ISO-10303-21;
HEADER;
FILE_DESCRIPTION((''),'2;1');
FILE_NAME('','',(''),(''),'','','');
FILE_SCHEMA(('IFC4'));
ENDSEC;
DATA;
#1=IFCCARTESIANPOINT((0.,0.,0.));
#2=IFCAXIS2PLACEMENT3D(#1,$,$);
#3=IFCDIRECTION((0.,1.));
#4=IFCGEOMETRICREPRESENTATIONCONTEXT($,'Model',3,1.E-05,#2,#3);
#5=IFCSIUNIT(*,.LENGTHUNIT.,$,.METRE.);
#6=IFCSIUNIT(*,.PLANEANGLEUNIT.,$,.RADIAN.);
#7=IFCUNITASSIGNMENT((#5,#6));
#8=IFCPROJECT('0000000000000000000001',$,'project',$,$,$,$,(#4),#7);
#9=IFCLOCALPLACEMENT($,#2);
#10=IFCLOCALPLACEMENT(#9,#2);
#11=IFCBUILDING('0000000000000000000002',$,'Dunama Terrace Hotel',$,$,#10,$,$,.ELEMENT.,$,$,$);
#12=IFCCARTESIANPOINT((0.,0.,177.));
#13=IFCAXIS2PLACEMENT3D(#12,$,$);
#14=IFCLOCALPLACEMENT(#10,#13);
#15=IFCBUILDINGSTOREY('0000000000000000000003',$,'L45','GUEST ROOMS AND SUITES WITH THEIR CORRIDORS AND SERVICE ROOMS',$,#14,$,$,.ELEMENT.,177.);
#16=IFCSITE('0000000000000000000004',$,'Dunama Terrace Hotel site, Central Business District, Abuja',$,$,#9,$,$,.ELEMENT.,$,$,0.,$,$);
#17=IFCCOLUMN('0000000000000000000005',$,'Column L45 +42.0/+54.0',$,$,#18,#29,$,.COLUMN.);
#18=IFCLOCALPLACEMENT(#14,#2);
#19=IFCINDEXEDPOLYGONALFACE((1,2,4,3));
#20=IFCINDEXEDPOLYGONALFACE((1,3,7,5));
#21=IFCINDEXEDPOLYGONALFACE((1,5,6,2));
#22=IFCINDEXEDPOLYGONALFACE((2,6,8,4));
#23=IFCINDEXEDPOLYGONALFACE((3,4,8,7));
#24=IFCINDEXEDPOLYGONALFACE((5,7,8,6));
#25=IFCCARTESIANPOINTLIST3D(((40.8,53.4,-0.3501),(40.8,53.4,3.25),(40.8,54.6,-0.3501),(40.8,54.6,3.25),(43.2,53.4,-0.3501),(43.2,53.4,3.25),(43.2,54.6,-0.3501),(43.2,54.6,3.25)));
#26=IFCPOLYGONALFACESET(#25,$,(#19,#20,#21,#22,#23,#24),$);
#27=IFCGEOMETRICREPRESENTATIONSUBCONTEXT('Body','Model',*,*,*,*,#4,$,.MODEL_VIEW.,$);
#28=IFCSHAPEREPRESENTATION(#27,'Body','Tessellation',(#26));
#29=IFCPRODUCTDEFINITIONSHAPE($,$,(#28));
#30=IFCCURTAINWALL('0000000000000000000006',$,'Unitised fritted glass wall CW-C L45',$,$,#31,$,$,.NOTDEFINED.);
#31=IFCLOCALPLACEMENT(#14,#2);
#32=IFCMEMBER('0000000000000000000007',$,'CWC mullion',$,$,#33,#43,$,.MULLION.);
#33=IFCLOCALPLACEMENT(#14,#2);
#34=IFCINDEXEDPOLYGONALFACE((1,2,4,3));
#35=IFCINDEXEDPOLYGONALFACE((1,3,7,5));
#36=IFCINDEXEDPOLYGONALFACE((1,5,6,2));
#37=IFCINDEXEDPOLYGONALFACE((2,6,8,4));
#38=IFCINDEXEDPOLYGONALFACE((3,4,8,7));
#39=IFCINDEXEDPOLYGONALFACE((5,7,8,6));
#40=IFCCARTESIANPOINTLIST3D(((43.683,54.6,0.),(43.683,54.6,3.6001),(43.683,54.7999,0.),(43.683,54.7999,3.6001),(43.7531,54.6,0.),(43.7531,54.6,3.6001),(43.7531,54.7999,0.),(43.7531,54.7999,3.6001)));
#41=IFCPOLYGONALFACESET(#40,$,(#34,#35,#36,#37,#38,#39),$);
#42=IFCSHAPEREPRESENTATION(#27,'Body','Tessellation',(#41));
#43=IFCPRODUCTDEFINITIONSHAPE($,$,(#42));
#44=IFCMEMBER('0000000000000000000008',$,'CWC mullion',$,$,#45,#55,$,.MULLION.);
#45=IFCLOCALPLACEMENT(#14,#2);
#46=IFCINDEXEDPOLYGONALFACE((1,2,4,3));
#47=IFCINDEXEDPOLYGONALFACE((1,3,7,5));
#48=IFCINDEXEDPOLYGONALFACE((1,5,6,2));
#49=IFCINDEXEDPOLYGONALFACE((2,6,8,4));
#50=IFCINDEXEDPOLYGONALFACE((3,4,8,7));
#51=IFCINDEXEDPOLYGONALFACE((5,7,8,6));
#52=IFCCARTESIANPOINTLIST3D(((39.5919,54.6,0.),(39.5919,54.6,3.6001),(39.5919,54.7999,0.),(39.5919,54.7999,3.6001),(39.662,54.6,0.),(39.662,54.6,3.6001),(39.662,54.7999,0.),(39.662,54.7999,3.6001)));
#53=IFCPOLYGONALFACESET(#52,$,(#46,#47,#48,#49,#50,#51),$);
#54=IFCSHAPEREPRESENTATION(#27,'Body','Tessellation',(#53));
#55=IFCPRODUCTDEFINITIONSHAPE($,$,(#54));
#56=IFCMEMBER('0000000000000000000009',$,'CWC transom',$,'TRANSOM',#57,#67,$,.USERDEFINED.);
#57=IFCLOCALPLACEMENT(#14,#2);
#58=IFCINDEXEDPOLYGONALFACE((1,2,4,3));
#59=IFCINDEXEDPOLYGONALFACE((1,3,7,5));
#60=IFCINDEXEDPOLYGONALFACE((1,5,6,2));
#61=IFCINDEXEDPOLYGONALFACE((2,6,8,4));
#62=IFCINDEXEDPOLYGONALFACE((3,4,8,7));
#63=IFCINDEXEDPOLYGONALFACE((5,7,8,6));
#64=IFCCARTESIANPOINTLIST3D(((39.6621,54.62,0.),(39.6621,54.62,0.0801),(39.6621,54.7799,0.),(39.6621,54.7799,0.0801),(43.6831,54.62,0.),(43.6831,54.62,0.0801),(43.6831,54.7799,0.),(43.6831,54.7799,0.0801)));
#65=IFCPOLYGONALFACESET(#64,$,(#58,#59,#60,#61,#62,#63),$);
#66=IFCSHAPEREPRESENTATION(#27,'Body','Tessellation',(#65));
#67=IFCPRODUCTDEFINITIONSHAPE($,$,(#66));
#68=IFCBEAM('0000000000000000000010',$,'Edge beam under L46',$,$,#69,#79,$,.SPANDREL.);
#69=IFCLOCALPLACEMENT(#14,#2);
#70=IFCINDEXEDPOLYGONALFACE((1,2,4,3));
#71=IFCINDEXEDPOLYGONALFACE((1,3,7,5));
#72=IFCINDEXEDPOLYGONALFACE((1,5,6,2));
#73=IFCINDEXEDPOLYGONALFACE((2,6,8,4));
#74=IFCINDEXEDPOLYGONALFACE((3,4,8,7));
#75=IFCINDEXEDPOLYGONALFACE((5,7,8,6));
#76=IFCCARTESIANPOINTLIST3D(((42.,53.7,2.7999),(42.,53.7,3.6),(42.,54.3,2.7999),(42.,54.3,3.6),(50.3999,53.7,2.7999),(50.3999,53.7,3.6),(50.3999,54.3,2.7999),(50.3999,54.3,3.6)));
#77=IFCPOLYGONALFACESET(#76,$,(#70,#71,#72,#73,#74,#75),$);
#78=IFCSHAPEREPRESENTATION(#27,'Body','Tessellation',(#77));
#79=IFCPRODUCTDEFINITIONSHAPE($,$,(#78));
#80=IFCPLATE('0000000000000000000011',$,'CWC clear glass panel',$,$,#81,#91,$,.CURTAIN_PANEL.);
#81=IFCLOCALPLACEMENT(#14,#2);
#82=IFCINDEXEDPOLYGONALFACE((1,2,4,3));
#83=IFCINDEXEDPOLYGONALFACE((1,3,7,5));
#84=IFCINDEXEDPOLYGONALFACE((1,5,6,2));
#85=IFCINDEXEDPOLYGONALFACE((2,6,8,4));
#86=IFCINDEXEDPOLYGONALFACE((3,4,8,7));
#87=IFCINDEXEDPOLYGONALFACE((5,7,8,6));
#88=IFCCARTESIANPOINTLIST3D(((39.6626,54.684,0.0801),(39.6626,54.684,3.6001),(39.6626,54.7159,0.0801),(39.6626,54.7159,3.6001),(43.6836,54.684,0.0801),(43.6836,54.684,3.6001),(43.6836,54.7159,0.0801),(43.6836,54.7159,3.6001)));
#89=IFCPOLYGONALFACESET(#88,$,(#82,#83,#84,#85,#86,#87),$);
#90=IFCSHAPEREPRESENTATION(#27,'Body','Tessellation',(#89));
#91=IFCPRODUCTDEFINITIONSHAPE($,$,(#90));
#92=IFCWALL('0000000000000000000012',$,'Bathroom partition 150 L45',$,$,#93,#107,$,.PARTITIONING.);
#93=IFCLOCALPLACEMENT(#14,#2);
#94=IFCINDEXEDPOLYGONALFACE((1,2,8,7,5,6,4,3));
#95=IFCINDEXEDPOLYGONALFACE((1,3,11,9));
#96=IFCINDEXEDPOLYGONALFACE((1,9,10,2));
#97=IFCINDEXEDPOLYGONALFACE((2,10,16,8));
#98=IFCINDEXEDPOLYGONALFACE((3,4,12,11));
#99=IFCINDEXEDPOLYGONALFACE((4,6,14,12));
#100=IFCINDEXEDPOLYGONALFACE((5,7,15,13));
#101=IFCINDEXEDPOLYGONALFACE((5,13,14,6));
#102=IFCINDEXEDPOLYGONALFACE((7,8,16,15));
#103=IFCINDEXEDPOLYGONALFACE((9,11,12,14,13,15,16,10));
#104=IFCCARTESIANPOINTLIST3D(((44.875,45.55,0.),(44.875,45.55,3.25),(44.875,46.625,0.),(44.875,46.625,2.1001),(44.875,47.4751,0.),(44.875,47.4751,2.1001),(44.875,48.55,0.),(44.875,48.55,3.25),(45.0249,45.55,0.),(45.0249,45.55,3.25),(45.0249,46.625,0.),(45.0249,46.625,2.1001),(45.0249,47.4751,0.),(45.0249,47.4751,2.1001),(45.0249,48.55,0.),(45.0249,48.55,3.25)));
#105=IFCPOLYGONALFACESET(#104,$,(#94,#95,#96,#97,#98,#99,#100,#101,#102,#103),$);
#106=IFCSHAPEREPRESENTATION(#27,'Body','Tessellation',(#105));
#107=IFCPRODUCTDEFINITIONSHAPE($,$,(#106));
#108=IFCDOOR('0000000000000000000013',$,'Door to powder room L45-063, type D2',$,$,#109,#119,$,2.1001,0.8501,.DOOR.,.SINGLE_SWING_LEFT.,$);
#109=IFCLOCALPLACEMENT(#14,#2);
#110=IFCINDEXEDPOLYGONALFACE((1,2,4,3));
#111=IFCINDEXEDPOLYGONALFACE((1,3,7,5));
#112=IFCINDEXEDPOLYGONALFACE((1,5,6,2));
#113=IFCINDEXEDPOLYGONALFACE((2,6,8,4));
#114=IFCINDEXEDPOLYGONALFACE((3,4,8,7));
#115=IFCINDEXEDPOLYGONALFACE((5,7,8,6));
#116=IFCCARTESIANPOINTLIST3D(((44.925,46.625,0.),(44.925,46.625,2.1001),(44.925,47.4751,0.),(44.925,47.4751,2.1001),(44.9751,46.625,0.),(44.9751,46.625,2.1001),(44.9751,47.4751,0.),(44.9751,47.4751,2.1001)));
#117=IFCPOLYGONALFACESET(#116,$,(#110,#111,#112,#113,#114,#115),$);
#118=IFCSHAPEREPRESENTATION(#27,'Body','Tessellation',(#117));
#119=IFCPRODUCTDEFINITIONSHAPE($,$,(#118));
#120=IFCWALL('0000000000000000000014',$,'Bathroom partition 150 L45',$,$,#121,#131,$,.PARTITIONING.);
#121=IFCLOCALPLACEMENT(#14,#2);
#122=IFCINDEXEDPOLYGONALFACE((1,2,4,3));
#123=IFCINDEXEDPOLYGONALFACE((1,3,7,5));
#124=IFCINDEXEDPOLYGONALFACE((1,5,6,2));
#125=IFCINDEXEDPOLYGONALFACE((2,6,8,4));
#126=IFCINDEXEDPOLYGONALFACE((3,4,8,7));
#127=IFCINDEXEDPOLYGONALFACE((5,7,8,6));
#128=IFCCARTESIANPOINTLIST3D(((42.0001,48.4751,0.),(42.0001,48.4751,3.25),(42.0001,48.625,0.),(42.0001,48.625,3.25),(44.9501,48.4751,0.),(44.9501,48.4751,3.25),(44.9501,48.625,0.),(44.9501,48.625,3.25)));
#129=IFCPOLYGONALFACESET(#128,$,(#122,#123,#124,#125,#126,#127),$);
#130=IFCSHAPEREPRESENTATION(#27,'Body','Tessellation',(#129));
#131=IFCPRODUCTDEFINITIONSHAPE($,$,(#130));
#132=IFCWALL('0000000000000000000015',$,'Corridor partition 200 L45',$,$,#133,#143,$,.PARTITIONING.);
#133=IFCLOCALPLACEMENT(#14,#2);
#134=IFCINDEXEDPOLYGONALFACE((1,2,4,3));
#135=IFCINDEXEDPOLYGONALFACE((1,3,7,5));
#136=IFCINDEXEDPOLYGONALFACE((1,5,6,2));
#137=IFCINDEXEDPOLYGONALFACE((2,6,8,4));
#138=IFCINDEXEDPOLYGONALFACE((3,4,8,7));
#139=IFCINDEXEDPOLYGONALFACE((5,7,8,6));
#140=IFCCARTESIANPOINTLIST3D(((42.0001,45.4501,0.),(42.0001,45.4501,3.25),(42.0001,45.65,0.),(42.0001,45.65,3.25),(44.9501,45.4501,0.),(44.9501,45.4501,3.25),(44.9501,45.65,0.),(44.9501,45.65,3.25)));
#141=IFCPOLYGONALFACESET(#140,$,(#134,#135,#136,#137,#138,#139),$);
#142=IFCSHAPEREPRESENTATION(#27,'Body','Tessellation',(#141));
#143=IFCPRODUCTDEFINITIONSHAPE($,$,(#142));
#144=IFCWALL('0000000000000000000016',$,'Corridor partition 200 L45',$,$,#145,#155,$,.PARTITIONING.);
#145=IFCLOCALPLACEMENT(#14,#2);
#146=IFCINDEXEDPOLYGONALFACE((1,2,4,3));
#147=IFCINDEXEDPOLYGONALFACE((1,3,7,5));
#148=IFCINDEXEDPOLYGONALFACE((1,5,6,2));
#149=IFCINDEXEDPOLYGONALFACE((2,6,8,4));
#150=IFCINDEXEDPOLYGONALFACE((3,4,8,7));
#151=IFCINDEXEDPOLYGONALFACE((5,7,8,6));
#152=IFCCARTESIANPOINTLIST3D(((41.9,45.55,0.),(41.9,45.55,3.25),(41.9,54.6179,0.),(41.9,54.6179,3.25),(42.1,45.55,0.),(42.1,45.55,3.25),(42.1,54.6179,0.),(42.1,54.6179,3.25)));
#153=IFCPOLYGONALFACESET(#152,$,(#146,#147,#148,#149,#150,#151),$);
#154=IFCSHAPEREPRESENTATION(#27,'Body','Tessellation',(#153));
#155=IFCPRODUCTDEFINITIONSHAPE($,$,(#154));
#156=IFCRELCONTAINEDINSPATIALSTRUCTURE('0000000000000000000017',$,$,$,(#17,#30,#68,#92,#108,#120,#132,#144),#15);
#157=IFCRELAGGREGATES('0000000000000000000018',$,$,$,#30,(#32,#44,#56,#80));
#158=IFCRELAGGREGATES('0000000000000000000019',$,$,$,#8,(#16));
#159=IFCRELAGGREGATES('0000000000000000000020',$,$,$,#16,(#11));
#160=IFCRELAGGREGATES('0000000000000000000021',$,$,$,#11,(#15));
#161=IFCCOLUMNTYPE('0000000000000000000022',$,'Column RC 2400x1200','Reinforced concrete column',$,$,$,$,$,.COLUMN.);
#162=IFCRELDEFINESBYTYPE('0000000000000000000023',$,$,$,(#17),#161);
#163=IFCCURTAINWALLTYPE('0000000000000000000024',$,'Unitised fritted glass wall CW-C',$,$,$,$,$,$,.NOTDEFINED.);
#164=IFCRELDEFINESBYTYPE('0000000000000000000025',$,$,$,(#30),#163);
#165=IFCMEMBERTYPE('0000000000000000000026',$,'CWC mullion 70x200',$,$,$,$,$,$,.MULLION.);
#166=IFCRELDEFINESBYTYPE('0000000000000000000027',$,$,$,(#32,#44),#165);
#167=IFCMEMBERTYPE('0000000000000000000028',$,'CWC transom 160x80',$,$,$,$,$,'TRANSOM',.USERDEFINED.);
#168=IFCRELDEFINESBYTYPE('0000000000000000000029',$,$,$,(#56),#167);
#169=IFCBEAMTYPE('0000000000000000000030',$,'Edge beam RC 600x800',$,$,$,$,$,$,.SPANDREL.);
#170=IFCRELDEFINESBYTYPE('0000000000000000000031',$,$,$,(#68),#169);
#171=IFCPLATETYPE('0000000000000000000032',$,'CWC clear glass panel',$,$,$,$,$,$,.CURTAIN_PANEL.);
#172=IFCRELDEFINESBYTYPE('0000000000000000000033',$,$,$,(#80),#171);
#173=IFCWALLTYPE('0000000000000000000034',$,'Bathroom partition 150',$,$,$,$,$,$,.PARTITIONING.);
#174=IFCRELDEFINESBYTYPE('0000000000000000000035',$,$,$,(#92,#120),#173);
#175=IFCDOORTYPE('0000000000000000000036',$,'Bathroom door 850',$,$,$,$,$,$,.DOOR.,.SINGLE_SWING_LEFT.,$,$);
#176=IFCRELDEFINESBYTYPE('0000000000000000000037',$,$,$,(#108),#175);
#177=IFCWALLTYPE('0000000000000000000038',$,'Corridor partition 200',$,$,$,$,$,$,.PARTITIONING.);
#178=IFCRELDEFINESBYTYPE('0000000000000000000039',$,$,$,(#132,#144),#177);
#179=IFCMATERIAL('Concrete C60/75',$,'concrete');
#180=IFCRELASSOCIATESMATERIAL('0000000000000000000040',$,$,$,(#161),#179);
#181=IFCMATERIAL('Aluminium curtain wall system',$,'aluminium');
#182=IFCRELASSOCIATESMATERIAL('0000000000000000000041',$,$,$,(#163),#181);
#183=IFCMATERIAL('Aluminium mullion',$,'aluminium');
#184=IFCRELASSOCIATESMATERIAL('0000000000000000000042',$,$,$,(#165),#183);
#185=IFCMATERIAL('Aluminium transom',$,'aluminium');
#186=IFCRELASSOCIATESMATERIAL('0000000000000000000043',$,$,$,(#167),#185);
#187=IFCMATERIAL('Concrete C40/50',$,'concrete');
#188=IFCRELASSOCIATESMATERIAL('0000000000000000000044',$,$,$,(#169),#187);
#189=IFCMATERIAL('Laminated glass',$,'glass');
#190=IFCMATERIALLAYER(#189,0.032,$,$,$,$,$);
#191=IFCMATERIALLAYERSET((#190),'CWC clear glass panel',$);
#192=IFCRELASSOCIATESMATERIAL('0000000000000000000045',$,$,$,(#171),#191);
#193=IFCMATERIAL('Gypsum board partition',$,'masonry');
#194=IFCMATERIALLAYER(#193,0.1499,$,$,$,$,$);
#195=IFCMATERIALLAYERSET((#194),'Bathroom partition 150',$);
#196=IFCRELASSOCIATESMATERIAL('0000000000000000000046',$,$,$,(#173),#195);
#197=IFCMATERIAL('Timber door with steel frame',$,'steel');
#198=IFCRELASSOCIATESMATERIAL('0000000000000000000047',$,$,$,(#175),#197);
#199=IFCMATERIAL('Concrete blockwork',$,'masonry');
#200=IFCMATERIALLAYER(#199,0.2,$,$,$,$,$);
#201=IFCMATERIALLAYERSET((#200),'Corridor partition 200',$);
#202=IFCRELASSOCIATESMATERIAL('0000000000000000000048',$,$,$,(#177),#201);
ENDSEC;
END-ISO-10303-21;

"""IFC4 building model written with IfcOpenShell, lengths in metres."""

from ifc_helpers import new_model, si_unit, direction, frame, frame_2d, origin, origin_2d, place, context, subcontext, project, spatial, rectangle, extrude, material, layer, layer_set, material_profile, profile_set, type_object, element, fill, aggregate, save


model = new_model("IFC4")

# Units and contexts
model_context = context("Model", 3, precision=1e-05, world=origin(), true_north=direction((0.0, 1.0)))
body_context = subcontext(model_context, "Body", "Model", "MODEL_VIEW")
ifc_project = project(units=[si_unit("LENGTHUNIT", "METRE"), si_unit("PLANEANGLEUNIT", "RADIAN")], contexts=[model_context])

# Site, building, storey
site_placement = place(None, origin())
site = spatial("IfcSite", under=ifc_project, at=site_placement, Name="Dunama Terrace Hotel site, Central Business District, Abuja", CompositionType="ELEMENT", RefElevation=0.0)
building_placement = place(site_placement, origin())
building = spatial("IfcBuilding", under=site, at=building_placement, Name="Dunama Terrace Hotel", CompositionType="ELEMENT")
storey_placement = place(building_placement, frame((0.0, 0.0, 177.0)))
storey = spatial("IfcBuildingStorey", under=building, at=storey_placement, Name="L45", Description="GUEST ROOMS AND SUITES WITH THEIR CORRIDORS AND SERVICE ROOMS", CompositionType="ELEMENT", Elevation=177.0)

# Column
ifc_material_1 = material(Name="Concrete C60/75", Category="concrete")
ifc_material_profile_1 = material_profile(ifc_material_1, rectangle(XDim=2.3999, YDim=1.2, at=origin_2d()), Name="RC 2400x1200")
ifc_profile_set_1 = profile_set([ifc_material_profile_1], Name="Concrete C60/75")
column_type = type_object("IfcColumnType", Name="Column RC 2400x1200", Description="Reinforced concrete column", PredefinedType="COLUMN", material=ifc_profile_set_1)
column_placement = place(storey_placement, frame((42.0, 54.0, -0.3501), z_axis=(0.0, 0.0, 1.0), x_axis=(1.0, 0.0, 0.0)))
element("IfcColumn", 1, at=column_placement, inside=storey, type_object=column_type, Name="Column L45 +42.0/+54.0", PredefinedType="COLUMN", context=body_context, shape_type="SweptSolid", body=[
    extrude(rectangle(XDim=2.3999, YDim=1.2, at=origin_2d()), origin(), (0.0, 0.0, 1.0), 3.6001),
])

# Curtain wall, members
ifc_material_2 = material(Name="Aluminium curtain wall system", Category="aluminium")
curtain_wall_type = type_object("IfcCurtainWallType", Name="Unitised fritted glass wall CW-C", PredefinedType="NOTDEFINED", material=ifc_material_2)
curtain_wall_placement = place(storey_placement, origin())
curtain_wall = element("IfcCurtainWall", 2, at=curtain_wall_placement, inside=storey, type_object=curtain_wall_type, Name="Unitised fritted glass wall CW-C L45", PredefinedType="NOTDEFINED")
ifc_material_3 = material(Name="Aluminium mullion", Category="aluminium")
ifc_material_profile_2 = material_profile(ifc_material_3, rectangle(XDim=0.0701, YDim=0.2, at=origin_2d()), Name="CWC MULLION 70X200")
ifc_profile_set_2 = profile_set([ifc_material_profile_2], Name="Aluminium mullion")
member_type_1 = type_object("IfcMemberType", Name="CWC mullion 70x200", PredefinedType="MULLION", material=ifc_profile_set_2)
member_1_placement = place(storey_placement, frame((43.718, 54.7, 0.0), z_axis=(0.0, 0.0, 1.0), x_axis=(-1.0, 0.0, 0.0)))
member_1 = element("IfcMember", 3, at=member_1_placement, type_object=member_type_1, Name="CWC mullion", PredefinedType="MULLION", context=body_context, shape_type="SweptSolid", body=[
    extrude(rectangle(XDim=0.0701, YDim=0.2, at=origin_2d()), origin(), (0.0, 0.0, 1.0), 3.6001),
])
member_2_placement = place(storey_placement, frame((39.627, 54.7, 0.0), z_axis=(0.0, 0.0, 1.0), x_axis=(-1.0, 0.0, 0.0)))
member_2 = element("IfcMember", 4, at=member_2_placement, type_object=member_type_1, Name="CWC mullion", PredefinedType="MULLION", context=body_context, shape_type="SweptSolid", body=[
    extrude(rectangle(XDim=0.0701, YDim=0.2, at=origin_2d()), origin(), (0.0, 0.0, 1.0), 3.6001),
])
ifc_material_4 = material(Name="Aluminium transom", Category="aluminium")
ifc_material_profile_3 = material_profile(ifc_material_4, rectangle(XDim=0.1599, YDim=0.0801, at=origin_2d()), Name="CWC TRANSOM 160X80")
ifc_profile_set_3 = profile_set([ifc_material_profile_3], Name="Aluminium transom")
member_type_2 = type_object("IfcMemberType", Name="CWC transom 160x80", ElementType="TRANSOM", PredefinedType="USERDEFINED", material=ifc_profile_set_3)
member_3_placement = place(storey_placement, frame((43.6831, 54.7, 0.04), z_axis=(-1.0, 0.0, 0.0), x_axis=(0.0, -1.0, 0.0)))
member_3 = element("IfcMember", 5, at=member_3_placement, type_object=member_type_2, Name="CWC transom", ObjectType="TRANSOM", PredefinedType="USERDEFINED", context=body_context, shape_type="SweptSolid", body=[
    extrude(rectangle(XDim=0.1599, YDim=0.0801, at=origin_2d()), origin(), (0.0, 0.0, 1.0), 4.021),
])

# Beam
ifc_material_5 = material(Name="Concrete C40/50", Category="concrete")
ifc_material_profile_4 = material_profile(ifc_material_5, rectangle(XDim=0.6001, YDim=0.8, at=origin_2d()), Name="RC 600x800")
ifc_profile_set_4 = profile_set([ifc_material_profile_4], Name="Concrete C40/50")
beam_type = type_object("IfcBeamType", Name="Edge beam RC 600x800", PredefinedType="SPANDREL", material=ifc_profile_set_4)
beam_placement = place(storey_placement, frame((42.0, 54.0, 3.2), z_axis=(1.0, 0.0, 0.0), x_axis=(0.0, 1.0, 0.0)))
element("IfcBeam", 6, at=beam_placement, inside=storey, type_object=beam_type, Name="Edge beam under L46", PredefinedType="SPANDREL", context=body_context, shape_type="SweptSolid", body=[
    extrude(rectangle(XDim=0.6001, YDim=0.8, at=origin_2d()), origin(), (0.0, 0.0, 1.0), 8.3999),
])

# Plate
ifc_material_6 = material(Name="Laminated glass", Category="glass")
ifc_layer_1 = layer(ifc_material_6, 0.032)
ifc_layer_set_1 = layer_set([ifc_layer_1], Name="CWC clear glass panel")
plate_type = type_object("IfcPlateType", Name="CWC clear glass panel", PredefinedType="CURTAIN_PANEL", material=ifc_layer_set_1)
plate_placement = place(storey_placement, frame((41.6731, 54.7, 0.0801), z_axis=(0.0, 0.0, 1.0), x_axis=(-1.0, 0.0, 0.0)))
plate = element("IfcPlate", 7, at=plate_placement, type_object=plate_type, Name="CWC clear glass panel", PredefinedType="CURTAIN_PANEL", context=body_context, shape_type="SweptSolid", body=[
    extrude(rectangle(XDim=4.021, YDim=0.032, at=origin_2d()), origin(), (0.0, 0.0, 1.0), 3.52),
])
aggregate(curtain_wall, [member_1, member_2, member_3, plate])

# Wall, opening, door
ifc_material_7 = material(Name="Gypsum board partition", Category="masonry")
ifc_layer_2 = layer(ifc_material_7, 0.1499)
ifc_layer_set_2 = layer_set([ifc_layer_2], Name="Bathroom partition 150")
wall_type_1 = type_object("IfcWallType", Name="Bathroom partition 150", PredefinedType="PARTITIONING", material=ifc_layer_set_2)
wall_1_placement = place(storey_placement, frame((44.95, 45.55, 0.0), z_axis=(0.0, 0.0, 1.0), x_axis=(0.0, 1.0, 0.0)))
wall_1 = element("IfcWall", 8, at=wall_1_placement, inside=storey, type_object=wall_type_1, Name="Bathroom partition 150 L45", PredefinedType="PARTITIONING", context=body_context, shape_type="SweptSolid", body=[
    extrude(rectangle(XDim=3.0, YDim=0.1499, at=frame_2d((1.5, 0.0))), origin(), (0.0, 0.0, 1.0), 3.25),
])
opening_1_placement = place(wall_1_placement, frame((1.075, 0.0, 0.0)))
opening_1 = element("IfcOpeningElement", 9, at=opening_1_placement, cuts=wall_1, PredefinedType="OPENING", context=body_context, shape_type="SweptSolid", body=[
    extrude(rectangle(XDim=0.8501, YDim=2.1001, at=frame_2d((0.425, 1.05))), frame((0.0, 0.085, 0.0), z_axis=(0.0, -1.0, 0.0), x_axis=(1.0, 0.0, 0.0)), (0.0, 0.0, 1.0), 0.1699),
])
ifc_material_8 = material(Name="Timber door with steel frame", Category="steel")
door_type_1 = type_object("IfcDoorType", Name="Bathroom door 850", OperationType="SINGLE_SWING_LEFT", PredefinedType="DOOR", material=ifc_material_8)
door_1_placement = place(opening_1_placement, origin())
door_1 = element("IfcDoor", 10, at=door_1_placement, inside=storey, type_object=door_type_1, Name="Door to powder room L45-063, type D2", OperationType="SINGLE_SWING_LEFT", OverallHeight=2.1001, OverallWidth=0.8501, PredefinedType="DOOR", context=body_context, shape_type="SweptSolid", body=[
    extrude(rectangle(XDim=0.8501, YDim=2.1001, at=frame_2d((0.425, 1.05))), frame((0.0, 0.0249, 0.0), z_axis=(0.0, -1.0, 0.0), x_axis=(1.0, 0.0, 0.0)), (0.0, 0.0, 1.0), 0.05),
])
fill(opening_1, door_1)

# Walls
wall_2_placement = place(storey_placement, frame((42.0, 48.55, 0.0), z_axis=(0.0, 0.0, 1.0), x_axis=(1.0, 0.0, 0.0)))
element("IfcWall", 11, at=wall_2_placement, inside=storey, type_object=wall_type_1, Name="Bathroom partition 150 L45", PredefinedType="PARTITIONING", context=body_context, shape_type="SweptSolid", body=[
    extrude(rectangle(XDim=2.95, YDim=0.1499, at=frame_2d((1.4751, 0.0))), origin(), (0.0, 0.0, 1.0), 3.25),
])
ifc_material_9 = material(Name="Concrete blockwork", Category="masonry")
ifc_layer_3 = layer(ifc_material_9, 0.2)
ifc_layer_set_3 = layer_set([ifc_layer_3], Name="Corridor partition 200")
wall_type_2 = type_object("IfcWallType", Name="Corridor partition 200", PredefinedType="PARTITIONING", material=ifc_layer_set_3)
wall_3_placement = place(storey_placement, frame((42.0, 45.55, 0.0), z_axis=(0.0, 0.0, 1.0), x_axis=(1.0, 0.0, 0.0)))
element("IfcWall", 12, at=wall_3_placement, inside=storey, type_object=wall_type_2, Name="Corridor partition 200 L45", PredefinedType="PARTITIONING", context=body_context, shape_type="SweptSolid", body=[
    extrude(rectangle(XDim=2.95, YDim=0.2, at=frame_2d((1.4751, 0.0))), origin(), (0.0, 0.0, 1.0), 3.25),
])
wall_4_placement = place(storey_placement, frame((42.0, 54.6179, 0.0), z_axis=(0.0, 0.0, 1.0), x_axis=(0.0, -1.0, 0.0)))
element("IfcWall", 13, at=wall_4_placement, inside=storey, type_object=wall_type_2, Name="Corridor partition 200 L45", PredefinedType="PARTITIONING", context=body_context, shape_type="SweptSolid", body=[
    extrude(rectangle(XDim=9.0679, YDim=0.2, at=frame_2d((4.5339, 0.0))), origin(), (0.0, 0.0, 1.0), 3.25),
])

save(model, "model.ifc")
